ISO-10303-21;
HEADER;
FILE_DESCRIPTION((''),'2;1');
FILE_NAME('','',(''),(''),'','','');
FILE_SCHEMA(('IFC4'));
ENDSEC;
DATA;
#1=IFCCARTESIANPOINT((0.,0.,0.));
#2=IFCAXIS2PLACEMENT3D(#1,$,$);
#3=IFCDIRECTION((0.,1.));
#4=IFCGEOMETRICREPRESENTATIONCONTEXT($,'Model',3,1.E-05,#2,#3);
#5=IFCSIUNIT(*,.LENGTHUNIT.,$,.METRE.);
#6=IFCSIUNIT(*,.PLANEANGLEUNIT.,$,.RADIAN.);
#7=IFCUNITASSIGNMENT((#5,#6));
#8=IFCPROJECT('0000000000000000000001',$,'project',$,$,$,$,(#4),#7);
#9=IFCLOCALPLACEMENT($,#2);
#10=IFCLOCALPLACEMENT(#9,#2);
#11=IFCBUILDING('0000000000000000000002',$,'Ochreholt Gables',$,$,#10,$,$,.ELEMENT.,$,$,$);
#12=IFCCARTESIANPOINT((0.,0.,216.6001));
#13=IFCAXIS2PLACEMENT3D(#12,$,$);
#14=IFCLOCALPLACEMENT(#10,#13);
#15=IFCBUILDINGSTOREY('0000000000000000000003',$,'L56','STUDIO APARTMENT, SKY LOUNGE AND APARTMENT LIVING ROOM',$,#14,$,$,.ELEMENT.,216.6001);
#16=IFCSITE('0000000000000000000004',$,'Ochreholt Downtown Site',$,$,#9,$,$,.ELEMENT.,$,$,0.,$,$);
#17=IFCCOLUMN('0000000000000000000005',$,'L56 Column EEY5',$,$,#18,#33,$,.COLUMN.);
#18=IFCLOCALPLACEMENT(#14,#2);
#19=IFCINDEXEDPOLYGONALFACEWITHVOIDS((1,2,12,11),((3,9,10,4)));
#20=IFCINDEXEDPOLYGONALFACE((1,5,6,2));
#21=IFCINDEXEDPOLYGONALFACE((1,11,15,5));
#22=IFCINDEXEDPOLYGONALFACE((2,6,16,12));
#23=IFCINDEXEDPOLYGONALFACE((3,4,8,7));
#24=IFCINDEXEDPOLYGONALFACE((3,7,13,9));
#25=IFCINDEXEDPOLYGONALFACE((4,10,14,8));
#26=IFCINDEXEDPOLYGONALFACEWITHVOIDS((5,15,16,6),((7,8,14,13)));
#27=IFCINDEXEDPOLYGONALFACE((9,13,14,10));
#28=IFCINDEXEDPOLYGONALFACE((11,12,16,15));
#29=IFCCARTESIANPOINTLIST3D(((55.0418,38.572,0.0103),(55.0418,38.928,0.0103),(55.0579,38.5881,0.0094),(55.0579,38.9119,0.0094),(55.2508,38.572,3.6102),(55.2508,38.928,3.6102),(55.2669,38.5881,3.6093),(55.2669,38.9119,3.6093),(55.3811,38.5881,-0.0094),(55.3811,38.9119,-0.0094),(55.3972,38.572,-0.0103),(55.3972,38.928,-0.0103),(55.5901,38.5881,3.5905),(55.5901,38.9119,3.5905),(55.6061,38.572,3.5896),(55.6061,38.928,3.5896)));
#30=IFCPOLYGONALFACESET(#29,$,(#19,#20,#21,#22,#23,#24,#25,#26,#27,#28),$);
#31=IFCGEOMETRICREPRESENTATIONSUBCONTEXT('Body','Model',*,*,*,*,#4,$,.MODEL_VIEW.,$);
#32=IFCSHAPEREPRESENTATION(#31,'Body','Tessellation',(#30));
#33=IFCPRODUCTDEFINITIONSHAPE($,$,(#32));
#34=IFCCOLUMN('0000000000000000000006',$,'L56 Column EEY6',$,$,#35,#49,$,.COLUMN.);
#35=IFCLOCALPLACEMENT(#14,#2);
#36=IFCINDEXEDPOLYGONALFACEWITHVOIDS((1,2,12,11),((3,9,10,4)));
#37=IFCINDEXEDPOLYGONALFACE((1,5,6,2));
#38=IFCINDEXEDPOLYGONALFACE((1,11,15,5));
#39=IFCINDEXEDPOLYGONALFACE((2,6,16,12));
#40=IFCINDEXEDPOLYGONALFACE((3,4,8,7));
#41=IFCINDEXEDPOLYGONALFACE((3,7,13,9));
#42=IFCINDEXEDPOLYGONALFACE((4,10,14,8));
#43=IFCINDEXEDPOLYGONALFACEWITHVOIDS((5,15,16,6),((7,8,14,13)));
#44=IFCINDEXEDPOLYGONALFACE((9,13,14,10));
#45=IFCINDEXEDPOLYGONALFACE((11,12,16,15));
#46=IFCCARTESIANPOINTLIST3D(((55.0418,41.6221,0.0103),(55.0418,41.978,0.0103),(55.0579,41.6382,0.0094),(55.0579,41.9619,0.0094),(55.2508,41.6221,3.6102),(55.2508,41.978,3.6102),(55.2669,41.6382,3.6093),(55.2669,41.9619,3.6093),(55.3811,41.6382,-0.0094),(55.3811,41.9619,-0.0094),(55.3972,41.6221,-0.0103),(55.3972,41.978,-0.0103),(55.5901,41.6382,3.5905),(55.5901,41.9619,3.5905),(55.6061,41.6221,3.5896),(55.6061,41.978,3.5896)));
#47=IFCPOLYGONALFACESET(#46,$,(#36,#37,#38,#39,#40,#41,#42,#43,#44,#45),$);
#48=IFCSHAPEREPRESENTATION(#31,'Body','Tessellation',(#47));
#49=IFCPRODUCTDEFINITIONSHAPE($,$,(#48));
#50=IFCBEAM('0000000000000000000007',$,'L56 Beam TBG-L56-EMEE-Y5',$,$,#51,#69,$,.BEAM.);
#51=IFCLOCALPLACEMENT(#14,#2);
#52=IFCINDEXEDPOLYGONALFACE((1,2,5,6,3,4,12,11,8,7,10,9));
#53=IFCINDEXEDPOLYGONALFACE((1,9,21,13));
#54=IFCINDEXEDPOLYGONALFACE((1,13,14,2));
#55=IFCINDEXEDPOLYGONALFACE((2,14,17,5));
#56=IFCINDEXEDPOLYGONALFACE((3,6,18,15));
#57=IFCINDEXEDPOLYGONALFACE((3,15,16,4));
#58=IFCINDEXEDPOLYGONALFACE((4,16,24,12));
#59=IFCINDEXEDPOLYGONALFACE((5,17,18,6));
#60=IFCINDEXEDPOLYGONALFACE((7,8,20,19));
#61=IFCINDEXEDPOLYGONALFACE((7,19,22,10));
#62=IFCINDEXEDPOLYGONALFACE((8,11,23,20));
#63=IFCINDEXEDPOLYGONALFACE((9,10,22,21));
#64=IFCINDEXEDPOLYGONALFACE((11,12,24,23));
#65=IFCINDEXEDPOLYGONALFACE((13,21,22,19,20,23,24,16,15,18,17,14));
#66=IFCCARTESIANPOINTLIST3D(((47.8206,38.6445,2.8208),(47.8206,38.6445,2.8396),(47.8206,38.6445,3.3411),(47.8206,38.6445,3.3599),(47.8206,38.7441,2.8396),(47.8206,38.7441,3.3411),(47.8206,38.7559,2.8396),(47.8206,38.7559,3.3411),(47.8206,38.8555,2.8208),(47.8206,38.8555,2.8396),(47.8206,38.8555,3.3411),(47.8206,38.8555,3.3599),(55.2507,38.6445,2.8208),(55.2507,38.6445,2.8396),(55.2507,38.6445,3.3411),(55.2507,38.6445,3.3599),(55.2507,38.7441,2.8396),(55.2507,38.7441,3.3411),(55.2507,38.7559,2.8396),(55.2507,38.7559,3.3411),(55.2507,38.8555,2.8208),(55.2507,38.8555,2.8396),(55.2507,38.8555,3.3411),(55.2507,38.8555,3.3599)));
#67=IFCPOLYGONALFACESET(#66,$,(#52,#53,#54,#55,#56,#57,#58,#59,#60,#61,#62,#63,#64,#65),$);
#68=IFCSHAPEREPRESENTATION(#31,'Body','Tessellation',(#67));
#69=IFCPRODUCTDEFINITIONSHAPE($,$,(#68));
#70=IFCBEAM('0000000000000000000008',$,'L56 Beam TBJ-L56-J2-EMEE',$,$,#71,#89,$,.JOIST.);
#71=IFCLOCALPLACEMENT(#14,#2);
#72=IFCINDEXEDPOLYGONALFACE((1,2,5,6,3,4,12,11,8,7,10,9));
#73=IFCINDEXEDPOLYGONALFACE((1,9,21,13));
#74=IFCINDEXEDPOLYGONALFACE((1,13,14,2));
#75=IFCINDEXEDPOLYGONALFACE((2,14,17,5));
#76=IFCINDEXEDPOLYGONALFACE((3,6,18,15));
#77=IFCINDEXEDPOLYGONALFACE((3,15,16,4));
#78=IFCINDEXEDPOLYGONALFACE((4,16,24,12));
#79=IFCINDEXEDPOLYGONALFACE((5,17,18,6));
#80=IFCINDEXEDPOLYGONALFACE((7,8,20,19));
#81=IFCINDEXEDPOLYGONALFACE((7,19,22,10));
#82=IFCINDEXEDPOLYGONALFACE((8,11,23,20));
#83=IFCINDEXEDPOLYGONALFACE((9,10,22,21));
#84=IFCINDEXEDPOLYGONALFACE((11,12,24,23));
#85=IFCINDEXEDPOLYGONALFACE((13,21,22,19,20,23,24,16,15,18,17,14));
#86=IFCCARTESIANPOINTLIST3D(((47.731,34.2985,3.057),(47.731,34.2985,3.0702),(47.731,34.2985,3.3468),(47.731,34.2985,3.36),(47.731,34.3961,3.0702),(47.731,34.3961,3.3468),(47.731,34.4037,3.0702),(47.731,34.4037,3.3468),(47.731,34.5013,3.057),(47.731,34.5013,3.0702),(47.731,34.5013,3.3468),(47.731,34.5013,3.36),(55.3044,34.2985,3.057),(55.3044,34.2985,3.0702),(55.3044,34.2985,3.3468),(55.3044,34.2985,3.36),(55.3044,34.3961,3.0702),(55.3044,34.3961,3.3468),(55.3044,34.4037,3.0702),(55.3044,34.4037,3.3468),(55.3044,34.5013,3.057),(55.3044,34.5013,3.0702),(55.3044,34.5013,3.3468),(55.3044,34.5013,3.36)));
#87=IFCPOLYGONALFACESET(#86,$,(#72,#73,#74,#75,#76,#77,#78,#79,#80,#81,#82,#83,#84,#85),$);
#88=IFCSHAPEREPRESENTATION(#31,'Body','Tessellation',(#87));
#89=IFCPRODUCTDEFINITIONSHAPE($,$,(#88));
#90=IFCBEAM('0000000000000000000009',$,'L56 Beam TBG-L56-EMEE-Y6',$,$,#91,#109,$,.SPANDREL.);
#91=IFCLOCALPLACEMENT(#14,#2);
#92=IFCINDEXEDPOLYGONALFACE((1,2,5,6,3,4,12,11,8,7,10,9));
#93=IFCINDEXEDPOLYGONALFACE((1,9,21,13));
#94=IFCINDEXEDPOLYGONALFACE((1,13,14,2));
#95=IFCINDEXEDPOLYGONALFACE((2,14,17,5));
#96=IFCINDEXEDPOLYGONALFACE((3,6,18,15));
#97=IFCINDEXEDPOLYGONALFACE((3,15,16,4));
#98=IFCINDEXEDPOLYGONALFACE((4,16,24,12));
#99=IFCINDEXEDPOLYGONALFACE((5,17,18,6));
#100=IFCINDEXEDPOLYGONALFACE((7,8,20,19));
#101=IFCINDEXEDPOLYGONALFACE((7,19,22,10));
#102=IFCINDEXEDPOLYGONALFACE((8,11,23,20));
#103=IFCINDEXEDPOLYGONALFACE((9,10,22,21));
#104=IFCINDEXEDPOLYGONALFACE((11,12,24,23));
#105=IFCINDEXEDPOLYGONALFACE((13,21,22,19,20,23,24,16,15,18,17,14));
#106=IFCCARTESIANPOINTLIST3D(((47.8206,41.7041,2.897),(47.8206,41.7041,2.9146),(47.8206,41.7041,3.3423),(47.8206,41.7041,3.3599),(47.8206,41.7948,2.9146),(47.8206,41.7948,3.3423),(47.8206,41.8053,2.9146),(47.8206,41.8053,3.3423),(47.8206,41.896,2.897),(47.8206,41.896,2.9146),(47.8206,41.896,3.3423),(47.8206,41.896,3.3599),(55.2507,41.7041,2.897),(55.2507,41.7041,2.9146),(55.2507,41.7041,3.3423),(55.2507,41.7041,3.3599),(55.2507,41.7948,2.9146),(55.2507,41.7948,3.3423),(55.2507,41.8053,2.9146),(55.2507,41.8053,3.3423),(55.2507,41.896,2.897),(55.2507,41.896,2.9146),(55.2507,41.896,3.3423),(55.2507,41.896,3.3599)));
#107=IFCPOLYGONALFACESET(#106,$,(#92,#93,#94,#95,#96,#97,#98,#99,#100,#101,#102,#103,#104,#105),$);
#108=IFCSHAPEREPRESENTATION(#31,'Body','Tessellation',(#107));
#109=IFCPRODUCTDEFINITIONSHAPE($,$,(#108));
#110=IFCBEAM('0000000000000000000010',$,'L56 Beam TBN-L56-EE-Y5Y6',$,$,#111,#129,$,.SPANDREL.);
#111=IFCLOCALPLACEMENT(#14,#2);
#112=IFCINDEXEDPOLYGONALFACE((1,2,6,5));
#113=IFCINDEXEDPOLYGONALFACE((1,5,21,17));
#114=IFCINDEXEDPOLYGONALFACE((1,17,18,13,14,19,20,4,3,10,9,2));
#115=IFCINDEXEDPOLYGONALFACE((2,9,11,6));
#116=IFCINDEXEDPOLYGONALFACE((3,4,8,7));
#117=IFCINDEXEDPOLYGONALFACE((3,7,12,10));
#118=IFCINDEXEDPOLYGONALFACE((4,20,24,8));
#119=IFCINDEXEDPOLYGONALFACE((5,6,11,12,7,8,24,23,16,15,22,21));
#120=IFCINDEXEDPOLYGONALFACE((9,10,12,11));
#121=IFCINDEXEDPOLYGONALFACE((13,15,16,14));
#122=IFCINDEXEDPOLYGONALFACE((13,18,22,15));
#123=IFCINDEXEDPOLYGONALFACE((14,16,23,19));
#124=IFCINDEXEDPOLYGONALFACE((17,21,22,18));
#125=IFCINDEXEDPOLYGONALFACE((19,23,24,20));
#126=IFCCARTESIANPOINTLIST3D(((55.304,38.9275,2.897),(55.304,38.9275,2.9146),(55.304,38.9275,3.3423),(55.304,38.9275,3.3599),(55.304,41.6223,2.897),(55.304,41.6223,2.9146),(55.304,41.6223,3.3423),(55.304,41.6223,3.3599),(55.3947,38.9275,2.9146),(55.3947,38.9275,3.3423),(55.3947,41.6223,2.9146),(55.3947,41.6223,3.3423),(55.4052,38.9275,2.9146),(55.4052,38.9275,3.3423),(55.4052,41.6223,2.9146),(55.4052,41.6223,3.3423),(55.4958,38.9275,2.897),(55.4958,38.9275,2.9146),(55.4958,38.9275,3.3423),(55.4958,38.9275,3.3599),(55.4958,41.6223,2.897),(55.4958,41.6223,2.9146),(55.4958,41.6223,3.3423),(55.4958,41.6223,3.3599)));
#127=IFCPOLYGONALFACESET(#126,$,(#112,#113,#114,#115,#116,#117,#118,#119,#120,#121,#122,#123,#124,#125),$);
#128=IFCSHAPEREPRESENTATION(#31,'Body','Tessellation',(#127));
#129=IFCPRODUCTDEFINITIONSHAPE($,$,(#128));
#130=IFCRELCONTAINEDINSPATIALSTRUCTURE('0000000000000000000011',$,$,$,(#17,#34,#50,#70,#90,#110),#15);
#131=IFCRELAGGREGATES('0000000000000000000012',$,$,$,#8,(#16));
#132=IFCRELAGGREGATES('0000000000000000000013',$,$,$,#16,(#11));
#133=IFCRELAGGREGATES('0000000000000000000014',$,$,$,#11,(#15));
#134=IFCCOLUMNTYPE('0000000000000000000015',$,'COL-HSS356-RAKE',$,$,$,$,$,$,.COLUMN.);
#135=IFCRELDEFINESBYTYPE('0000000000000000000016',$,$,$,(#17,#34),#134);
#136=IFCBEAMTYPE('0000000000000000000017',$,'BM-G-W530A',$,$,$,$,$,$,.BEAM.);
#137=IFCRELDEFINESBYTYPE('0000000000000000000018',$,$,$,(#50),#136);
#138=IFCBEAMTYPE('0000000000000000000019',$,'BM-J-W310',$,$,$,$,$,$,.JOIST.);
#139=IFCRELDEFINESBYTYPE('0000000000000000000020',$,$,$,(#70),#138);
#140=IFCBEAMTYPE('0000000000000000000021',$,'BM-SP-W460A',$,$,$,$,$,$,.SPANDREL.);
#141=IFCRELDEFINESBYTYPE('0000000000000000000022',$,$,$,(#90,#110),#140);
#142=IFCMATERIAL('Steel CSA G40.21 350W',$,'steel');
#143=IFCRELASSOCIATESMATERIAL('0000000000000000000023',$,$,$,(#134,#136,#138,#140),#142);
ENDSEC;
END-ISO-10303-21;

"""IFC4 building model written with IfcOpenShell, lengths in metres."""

from ifc_helpers import new_model, si_unit, direction, frame, origin, origin_2d, place, context, subcontext, project, spatial, hollow_rectangle, i_section, extrude, material, material_profile, profile_set, type_object, element, save


model = new_model("IFC4")

# Units and contexts
model_context = context("Model", 3, precision=1e-05, world=origin(), true_north=direction((0.0, 1.0)))
body_context = subcontext(model_context, "Body", "Model", "MODEL_VIEW")
ifc_project = project(units=[si_unit("LENGTHUNIT", "METRE"), si_unit("PLANEANGLEUNIT", "RADIAN")], contexts=[model_context])

# Site, building, storey
site_placement = place(None, origin())
site = spatial("IfcSite", under=ifc_project, at=site_placement, Name="Ochreholt Downtown Site", CompositionType="ELEMENT", RefElevation=0.0)
building_placement = place(site_placement, origin())
building = spatial("IfcBuilding", under=site, at=building_placement, Name="Ochreholt Gables", CompositionType="ELEMENT")
storey_placement = place(building_placement, frame((0.0, 0.0, 216.6001)))
storey = spatial("IfcBuildingStorey", under=building, at=storey_placement, Name="L56", Description="STUDIO APARTMENT, SKY LOUNGE AND APARTMENT LIVING ROOM", CompositionType="ELEMENT", Elevation=216.6001)

# Columns
ifc_material_1 = material(Name="Steel CSA G40.21 350W", Category="steel")
ifc_material_profile_1 = material_profile(ifc_material_1, hollow_rectangle(XDim=0.356, YDim=0.356, WallThickness=0.0161, at=origin_2d()), Name="HSS356X356X16")
ifc_profile_set_1 = profile_set([ifc_material_profile_1], Name="Steel CSA G40.21 350W")
column_type = type_object("IfcColumnType", Name="COL-HSS356-RAKE", PredefinedType="COLUMN", material=ifc_profile_set_1)
for number, where, z_axis, x_axis, name in (
    (1, (55.2195, 38.75, 0.0), (0.057956, 0.0, 0.998319), (0.0, 1.0, 0.0), "L56 Column EEY5"),
    (2, (55.2195, 41.8, 0.0), (0.057956, 0.0, 0.998319), (0.0, 1.0, 0.0), "L56 Column EEY6"),
):
    element("IfcColumn", number, at=place(storey_placement, frame(where, z_axis=z_axis, x_axis=x_axis)), inside=storey, type_object=column_type, Name=name, PredefinedType="COLUMN", context=body_context, shape_type="SweptSolid", body=[
        extrude(hollow_rectangle(XDim=0.356, YDim=0.356, WallThickness=0.0161, at=origin_2d()), origin(), (0.0, 0.0, 1.0), 3.606),
    ])

# Beams
ifc_material_profile_2 = material_profile(ifc_material_1, i_section(OverallWidth=0.2109, OverallDepth=0.5391, WebThickness=0.0117, FlangeThickness=0.0188, at=origin_2d()), Name="W530X109")
ifc_profile_set_2 = profile_set([ifc_material_profile_2], Name="Steel CSA G40.21 350W")
beam_type_1 = type_object("IfcBeamType", Name="BM-G-W530A", PredefinedType="BEAM", material=ifc_profile_set_2)
beam_1_placement = place(storey_placement, frame((47.8206, 38.75, 3.0903), z_axis=(1.0, 0.0, 0.0), x_axis=(0.0, 1.0, 0.0)))
element("IfcBeam", 3, at=beam_1_placement, inside=storey, type_object=beam_type_1, Name="L56 Beam TBG-L56-EMEE-Y5", PredefinedType="BEAM", context=body_context, shape_type="SweptSolid", body=[
    extrude(i_section(OverallWidth=0.2109, OverallDepth=0.5391, WebThickness=0.0117, FlangeThickness=0.0188, at=origin_2d()), origin(), (0.0, 0.0, 1.0), 7.4302),
])
ifc_material_profile_3 = material_profile(ifc_material_1, i_section(OverallWidth=0.2029, OverallDepth=0.303, WebThickness=0.0076, FlangeThickness=0.0132, at=origin_2d()), Name="W310X60")
ifc_profile_set_3 = profile_set([ifc_material_profile_3], Name="Steel CSA G40.21 350W")
beam_type_2 = type_object("IfcBeamType", Name="BM-J-W310", PredefinedType="JOIST", material=ifc_profile_set_3)
beam_2_placement = place(storey_placement, frame((47.731, 34.3999, 3.2085), z_axis=(1.0, 0.0, 0.0), x_axis=(0.0, 1.0, 0.0)))
element("IfcBeam", 4, at=beam_2_placement, inside=storey, type_object=beam_type_2, Name="L56 Beam TBJ-L56-J2-EMEE", PredefinedType="JOIST", context=body_context, shape_type="SweptSolid", body=[
    extrude(i_section(OverallWidth=0.2029, OverallDepth=0.303, WebThickness=0.0076, FlangeThickness=0.0132, at=origin_2d()), origin(), (0.0, 0.0, 1.0), 7.5735),
])
ifc_material_profile_4 = material_profile(ifc_material_1, i_section(OverallWidth=0.1919, OverallDepth=0.4629, WebThickness=0.0105, FlangeThickness=0.0176, at=origin_2d()), Name="W460X89")
ifc_profile_set_4 = profile_set([ifc_material_profile_4], Name="Steel CSA G40.21 350W")
beam_type_3 = type_object("IfcBeamType", Name="BM-SP-W460A", PredefinedType="SPANDREL", material=ifc_profile_set_4)
beam_3_placement = place(storey_placement, frame((47.8206, 41.8, 3.1284), z_axis=(1.0, 0.0, 0.0), x_axis=(0.0, 1.0, 0.0)))
element("IfcBeam", 5, at=beam_3_placement, inside=storey, type_object=beam_type_3, Name="L56 Beam TBG-L56-EMEE-Y6", PredefinedType="SPANDREL", context=body_context, shape_type="SweptSolid", body=[
    extrude(i_section(OverallWidth=0.1919, OverallDepth=0.4629, WebThickness=0.0105, FlangeThickness=0.0176, at=origin_2d()), origin(), (0.0, 0.0, 1.0), 7.4302),
])
beam_4_placement = place(storey_placement, frame((55.3999, 38.9275, 3.1284), z_axis=(0.0, 1.0, 0.0), x_axis=(-1.0, 0.0, 0.0)))
element("IfcBeam", 6, at=beam_4_placement, inside=storey, type_object=beam_type_3, Name="L56 Beam TBN-L56-EE-Y5Y6", PredefinedType="SPANDREL", context=body_context, shape_type="SweptSolid", body=[
    extrude(i_section(OverallWidth=0.1919, OverallDepth=0.4629, WebThickness=0.0105, FlangeThickness=0.0176, at=origin_2d()), origin(), (0.0, 0.0, 1.0), 2.6948),
])

save(model, "model.ifc")
